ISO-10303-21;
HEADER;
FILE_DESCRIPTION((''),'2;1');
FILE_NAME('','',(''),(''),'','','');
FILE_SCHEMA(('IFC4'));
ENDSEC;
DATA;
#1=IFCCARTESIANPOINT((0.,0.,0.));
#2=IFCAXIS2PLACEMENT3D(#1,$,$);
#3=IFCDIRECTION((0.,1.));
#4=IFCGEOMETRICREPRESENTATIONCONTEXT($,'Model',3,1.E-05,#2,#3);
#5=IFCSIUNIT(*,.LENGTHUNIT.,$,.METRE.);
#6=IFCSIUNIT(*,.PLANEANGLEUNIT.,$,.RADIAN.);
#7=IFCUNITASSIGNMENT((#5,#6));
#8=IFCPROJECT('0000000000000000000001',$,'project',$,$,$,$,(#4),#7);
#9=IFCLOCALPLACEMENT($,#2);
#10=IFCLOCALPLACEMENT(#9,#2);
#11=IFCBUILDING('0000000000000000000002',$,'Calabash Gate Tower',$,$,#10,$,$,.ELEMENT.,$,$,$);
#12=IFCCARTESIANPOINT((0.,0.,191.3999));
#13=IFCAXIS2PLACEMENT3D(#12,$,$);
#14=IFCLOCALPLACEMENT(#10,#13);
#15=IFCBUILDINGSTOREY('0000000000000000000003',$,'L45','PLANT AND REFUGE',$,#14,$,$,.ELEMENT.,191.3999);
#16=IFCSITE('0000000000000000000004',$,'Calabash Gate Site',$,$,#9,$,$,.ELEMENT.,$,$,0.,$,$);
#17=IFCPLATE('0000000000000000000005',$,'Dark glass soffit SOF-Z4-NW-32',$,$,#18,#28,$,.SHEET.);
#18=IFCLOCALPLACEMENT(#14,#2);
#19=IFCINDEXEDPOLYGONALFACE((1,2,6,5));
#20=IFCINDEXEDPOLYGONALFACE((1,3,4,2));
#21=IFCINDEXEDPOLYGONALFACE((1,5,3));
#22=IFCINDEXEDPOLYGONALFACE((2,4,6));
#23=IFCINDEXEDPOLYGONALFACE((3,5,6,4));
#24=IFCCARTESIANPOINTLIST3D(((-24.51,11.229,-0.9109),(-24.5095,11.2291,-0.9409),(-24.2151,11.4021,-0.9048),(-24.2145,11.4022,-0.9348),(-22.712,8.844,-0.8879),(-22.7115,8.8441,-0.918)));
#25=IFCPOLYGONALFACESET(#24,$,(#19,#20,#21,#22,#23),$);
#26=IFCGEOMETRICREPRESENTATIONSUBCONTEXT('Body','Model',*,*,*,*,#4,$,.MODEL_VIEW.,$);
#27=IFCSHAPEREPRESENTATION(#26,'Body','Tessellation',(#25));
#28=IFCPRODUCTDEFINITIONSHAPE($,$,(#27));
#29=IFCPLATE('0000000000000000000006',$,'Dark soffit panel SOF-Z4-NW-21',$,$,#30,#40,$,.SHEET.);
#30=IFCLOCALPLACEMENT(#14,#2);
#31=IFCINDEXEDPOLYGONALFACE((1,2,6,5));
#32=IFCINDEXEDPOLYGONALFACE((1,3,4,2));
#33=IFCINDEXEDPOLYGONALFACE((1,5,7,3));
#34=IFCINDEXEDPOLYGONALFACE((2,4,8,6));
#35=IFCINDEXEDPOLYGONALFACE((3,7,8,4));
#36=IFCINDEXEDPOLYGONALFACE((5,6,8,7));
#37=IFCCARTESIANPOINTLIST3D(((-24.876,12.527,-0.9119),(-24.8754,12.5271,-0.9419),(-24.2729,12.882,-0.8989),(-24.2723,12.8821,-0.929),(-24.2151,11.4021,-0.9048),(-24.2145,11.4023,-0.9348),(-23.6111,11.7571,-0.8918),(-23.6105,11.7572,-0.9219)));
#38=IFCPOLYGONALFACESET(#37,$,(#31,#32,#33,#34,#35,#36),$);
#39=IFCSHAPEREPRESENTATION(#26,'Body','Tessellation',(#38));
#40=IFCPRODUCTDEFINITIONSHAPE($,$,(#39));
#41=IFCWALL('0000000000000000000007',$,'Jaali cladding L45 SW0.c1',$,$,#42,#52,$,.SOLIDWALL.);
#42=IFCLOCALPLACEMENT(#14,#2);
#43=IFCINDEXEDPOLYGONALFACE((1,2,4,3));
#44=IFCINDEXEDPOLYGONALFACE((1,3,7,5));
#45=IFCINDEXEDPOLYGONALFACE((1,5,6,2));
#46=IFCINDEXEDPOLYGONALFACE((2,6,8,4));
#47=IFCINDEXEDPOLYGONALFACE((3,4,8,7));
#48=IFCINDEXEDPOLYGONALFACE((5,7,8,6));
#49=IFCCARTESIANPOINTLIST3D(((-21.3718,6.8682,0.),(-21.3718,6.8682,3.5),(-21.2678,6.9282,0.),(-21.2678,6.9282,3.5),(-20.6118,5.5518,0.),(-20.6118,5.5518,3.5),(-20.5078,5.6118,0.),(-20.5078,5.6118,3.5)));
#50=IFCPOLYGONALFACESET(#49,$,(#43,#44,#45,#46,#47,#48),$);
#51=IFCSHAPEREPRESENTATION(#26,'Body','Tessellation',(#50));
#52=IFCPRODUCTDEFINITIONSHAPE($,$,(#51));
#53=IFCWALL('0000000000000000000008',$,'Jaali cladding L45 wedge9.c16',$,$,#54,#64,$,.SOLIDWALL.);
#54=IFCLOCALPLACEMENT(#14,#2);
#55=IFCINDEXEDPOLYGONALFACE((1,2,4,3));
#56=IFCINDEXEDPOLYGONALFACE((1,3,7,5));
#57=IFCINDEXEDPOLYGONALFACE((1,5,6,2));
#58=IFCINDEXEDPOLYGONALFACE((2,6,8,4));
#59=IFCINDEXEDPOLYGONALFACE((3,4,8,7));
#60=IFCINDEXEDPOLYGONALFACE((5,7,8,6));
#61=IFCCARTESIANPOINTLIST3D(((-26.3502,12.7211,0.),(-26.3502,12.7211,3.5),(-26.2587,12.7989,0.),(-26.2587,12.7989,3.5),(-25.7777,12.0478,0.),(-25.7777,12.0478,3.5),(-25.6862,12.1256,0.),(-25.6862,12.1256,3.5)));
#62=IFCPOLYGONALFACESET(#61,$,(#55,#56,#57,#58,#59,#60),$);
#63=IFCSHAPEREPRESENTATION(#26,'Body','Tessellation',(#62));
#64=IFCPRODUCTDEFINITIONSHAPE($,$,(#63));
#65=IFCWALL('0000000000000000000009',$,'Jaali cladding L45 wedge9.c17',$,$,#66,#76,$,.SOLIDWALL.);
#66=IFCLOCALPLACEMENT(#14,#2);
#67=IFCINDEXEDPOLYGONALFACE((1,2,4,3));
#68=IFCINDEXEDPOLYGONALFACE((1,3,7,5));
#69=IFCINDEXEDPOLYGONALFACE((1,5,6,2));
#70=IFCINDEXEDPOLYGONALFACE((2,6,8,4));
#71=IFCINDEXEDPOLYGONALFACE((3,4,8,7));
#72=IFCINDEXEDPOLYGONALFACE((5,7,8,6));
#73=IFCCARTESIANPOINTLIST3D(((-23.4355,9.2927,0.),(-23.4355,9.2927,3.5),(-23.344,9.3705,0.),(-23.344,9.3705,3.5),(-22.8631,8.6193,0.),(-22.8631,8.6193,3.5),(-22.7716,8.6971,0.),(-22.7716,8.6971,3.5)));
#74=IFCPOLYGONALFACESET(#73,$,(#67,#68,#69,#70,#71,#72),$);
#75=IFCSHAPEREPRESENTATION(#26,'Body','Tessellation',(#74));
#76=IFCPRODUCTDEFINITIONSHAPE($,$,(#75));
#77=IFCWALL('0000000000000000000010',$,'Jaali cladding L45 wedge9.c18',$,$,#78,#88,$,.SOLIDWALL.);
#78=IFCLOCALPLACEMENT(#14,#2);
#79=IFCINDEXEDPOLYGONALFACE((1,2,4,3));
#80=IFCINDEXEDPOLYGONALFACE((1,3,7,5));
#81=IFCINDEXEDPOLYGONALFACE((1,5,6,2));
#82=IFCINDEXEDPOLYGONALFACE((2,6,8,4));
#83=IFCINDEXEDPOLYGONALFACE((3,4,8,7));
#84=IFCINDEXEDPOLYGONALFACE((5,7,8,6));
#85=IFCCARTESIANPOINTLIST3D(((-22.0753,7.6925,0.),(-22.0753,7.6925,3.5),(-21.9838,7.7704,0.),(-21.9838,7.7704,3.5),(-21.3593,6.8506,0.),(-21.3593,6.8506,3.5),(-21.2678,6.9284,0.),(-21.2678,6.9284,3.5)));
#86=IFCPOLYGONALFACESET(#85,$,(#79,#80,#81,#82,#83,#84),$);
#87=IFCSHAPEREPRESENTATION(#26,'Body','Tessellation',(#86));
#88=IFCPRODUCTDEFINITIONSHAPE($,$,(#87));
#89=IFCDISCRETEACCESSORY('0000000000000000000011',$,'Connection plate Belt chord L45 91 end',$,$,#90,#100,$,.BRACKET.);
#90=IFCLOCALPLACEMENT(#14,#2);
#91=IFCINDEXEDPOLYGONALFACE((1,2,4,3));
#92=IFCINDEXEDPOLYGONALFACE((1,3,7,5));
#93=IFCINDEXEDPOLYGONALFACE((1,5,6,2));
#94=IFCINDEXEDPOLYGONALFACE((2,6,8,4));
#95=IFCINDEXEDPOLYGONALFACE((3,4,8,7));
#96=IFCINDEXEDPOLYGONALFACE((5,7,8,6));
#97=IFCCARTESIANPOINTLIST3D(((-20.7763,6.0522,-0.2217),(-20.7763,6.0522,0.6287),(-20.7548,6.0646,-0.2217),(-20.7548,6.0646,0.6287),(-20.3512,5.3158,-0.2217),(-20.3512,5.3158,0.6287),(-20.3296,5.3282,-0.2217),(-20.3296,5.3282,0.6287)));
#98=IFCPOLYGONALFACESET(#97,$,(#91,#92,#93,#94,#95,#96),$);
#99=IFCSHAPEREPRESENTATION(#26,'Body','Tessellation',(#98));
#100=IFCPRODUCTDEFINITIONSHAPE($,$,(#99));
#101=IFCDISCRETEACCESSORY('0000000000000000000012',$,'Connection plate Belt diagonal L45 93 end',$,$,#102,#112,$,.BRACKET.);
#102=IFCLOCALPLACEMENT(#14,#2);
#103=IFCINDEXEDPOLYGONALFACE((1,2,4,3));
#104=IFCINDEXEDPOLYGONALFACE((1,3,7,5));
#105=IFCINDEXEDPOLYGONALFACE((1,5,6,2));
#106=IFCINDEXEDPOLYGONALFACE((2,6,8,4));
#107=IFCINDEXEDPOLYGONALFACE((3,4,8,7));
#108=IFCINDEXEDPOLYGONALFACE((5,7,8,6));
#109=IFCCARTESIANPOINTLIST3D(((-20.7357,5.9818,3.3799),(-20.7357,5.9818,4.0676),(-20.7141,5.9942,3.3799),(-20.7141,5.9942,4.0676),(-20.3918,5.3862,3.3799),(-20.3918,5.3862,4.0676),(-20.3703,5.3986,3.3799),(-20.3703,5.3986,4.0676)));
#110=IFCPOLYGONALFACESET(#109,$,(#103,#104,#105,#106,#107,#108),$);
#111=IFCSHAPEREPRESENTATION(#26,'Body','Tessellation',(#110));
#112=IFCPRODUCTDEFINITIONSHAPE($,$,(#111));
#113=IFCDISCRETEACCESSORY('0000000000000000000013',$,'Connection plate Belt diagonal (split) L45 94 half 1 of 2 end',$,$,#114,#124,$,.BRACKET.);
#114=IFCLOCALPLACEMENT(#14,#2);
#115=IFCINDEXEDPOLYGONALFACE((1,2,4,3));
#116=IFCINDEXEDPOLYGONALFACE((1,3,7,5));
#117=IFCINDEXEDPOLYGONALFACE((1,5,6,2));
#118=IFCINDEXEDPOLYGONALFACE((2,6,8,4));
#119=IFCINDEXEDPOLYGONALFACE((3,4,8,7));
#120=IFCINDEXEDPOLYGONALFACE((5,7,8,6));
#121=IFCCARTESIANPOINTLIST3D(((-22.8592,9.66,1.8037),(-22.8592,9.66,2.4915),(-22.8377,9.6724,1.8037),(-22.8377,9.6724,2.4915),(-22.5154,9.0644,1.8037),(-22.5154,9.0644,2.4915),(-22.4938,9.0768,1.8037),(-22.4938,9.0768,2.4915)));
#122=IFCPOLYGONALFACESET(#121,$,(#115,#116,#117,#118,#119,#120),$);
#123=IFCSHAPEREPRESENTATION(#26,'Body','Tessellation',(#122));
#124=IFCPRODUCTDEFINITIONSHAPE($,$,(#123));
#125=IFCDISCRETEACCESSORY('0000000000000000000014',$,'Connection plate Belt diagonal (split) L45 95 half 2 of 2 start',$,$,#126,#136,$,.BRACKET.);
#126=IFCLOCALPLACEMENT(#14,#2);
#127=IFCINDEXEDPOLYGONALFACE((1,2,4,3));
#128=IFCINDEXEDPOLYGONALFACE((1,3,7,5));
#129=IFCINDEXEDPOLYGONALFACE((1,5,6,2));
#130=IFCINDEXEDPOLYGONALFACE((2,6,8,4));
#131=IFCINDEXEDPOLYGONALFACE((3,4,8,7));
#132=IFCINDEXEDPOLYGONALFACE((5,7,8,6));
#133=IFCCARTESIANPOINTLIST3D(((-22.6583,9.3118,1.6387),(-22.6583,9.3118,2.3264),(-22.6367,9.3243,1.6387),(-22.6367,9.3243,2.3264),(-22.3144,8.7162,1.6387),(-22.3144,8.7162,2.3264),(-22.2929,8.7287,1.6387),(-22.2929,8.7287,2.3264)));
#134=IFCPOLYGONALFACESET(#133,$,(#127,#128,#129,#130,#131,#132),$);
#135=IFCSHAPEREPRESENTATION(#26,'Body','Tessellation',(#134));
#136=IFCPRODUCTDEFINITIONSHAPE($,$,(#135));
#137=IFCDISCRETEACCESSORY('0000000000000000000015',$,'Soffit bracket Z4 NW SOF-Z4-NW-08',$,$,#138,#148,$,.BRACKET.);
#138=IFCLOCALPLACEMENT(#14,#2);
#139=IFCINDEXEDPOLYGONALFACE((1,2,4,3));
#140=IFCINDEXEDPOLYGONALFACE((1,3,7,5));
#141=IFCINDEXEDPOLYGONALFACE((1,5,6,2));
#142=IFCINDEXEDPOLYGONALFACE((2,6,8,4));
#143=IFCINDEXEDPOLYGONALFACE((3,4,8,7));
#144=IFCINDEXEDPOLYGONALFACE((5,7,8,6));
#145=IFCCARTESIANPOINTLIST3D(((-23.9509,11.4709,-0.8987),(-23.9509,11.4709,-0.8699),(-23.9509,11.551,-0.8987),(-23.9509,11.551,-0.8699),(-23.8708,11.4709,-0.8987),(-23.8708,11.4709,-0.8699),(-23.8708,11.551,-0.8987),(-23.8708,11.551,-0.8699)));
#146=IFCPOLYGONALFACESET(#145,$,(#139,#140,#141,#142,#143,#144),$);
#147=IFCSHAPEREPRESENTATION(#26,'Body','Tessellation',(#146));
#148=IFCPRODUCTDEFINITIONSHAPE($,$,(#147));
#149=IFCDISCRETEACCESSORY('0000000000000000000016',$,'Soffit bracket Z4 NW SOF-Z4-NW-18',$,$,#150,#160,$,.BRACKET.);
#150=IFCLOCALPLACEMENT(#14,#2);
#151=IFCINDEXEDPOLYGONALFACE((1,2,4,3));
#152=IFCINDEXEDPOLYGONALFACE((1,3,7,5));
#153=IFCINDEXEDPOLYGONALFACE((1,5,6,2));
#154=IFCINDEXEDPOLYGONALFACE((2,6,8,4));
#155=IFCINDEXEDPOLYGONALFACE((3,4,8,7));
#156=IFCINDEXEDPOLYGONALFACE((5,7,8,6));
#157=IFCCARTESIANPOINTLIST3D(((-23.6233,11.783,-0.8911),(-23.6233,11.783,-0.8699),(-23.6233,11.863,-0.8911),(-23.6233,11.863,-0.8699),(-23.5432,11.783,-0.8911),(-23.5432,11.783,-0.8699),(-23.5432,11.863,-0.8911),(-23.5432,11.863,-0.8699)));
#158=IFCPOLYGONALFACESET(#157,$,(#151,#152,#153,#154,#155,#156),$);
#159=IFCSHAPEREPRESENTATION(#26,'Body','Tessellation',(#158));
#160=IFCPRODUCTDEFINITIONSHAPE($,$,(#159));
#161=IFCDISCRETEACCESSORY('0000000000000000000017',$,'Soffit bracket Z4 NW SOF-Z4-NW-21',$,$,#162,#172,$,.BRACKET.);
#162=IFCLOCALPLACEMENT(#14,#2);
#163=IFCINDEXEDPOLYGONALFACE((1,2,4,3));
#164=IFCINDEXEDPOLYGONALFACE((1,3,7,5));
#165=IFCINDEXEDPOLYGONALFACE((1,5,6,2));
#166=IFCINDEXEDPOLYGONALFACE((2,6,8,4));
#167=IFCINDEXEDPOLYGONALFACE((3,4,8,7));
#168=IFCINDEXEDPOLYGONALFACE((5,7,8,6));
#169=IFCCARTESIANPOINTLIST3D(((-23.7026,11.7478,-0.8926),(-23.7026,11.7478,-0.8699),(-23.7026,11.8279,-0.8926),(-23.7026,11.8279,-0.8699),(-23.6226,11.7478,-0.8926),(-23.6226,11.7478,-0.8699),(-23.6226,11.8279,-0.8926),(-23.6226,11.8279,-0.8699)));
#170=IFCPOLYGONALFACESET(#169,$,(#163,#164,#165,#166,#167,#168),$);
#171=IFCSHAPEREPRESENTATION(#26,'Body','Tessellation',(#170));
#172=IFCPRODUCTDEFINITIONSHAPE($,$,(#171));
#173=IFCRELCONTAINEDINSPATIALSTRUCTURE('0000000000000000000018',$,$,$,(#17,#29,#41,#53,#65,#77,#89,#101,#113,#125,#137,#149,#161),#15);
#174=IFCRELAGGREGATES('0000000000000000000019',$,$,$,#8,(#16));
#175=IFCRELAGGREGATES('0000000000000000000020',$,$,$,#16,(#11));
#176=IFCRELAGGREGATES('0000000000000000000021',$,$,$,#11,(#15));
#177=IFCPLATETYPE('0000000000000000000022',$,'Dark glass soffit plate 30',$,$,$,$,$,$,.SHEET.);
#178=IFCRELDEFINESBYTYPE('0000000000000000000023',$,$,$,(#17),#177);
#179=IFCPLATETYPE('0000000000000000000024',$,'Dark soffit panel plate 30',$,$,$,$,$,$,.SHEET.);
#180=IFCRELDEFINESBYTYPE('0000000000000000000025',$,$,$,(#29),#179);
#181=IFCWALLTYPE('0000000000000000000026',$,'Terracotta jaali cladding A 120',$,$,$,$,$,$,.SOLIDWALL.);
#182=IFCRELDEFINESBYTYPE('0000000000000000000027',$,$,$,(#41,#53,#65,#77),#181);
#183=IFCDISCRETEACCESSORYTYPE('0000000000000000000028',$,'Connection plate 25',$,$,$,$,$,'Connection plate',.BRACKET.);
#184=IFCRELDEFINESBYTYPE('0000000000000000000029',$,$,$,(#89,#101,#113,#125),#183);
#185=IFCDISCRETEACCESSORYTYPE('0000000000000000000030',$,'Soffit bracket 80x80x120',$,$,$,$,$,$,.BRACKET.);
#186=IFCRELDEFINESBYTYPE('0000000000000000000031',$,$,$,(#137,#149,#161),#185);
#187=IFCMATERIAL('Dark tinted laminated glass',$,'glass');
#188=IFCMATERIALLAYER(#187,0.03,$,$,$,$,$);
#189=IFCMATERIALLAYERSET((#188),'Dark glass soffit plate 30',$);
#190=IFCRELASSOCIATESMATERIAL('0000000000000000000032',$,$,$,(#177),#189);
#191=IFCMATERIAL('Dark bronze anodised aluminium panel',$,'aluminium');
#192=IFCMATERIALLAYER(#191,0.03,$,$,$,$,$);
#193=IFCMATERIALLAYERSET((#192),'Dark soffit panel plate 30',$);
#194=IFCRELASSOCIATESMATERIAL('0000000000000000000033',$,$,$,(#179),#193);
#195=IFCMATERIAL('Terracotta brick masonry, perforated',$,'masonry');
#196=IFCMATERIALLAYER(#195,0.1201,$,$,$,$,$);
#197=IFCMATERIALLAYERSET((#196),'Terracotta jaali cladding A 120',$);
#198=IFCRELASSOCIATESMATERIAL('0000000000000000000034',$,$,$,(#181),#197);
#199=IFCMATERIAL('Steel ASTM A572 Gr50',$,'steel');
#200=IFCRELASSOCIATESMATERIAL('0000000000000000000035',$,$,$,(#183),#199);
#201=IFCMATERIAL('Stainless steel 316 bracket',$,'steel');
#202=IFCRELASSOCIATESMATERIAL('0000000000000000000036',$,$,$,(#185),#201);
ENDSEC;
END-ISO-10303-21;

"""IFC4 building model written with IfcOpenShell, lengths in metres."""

from ifc_helpers import new_model, si_unit, direction, frame, frame_2d, origin, origin_2d, place, context, subcontext, project, spatial, polyline, rectangle, outline, extrude, material, layer, layer_set, type_object, element, save


model = new_model("IFC4")

# Units and contexts
model_context = context("Model", 3, precision=1e-05, world=origin(), true_north=direction((0.0, 1.0)))
body_context = subcontext(model_context, "Body", "Model", "MODEL_VIEW")
ifc_project = project(units=[si_unit("LENGTHUNIT", "METRE"), si_unit("PLANEANGLEUNIT", "RADIAN")], contexts=[model_context])

# Site, building, storey
site_placement = place(None, origin())
site = spatial("IfcSite", under=ifc_project, at=site_placement, Name="Calabash Gate Site", CompositionType="ELEMENT", RefElevation=0.0)
building_placement = place(site_placement, origin())
building = spatial("IfcBuilding", under=site, at=building_placement, Name="Calabash Gate Tower", CompositionType="ELEMENT")
storey_placement = place(building_placement, frame((0.0, 0.0, 191.3999)))
storey = spatial("IfcBuildingStorey", under=building, at=storey_placement, Name="L45", Description="PLANT AND REFUGE", CompositionType="ELEMENT", Elevation=191.3999)

# Plates
ifc_material_1 = material(Name="Dark tinted laminated glass", Category="glass")
ifc_layer_1 = layer(ifc_material_1, 0.03)
ifc_layer_set_1 = layer_set([ifc_layer_1], Name="Dark glass soffit plate 30")
plate_type_1 = type_object("IfcPlateType", Name="Dark glass soffit plate 30", PredefinedType="SHEET", material=ifc_layer_set_1)
plate_1_placement = place(storey_placement, frame((-24.51, 11.229, -0.9109), z_axis=(-0.018259, -0.004145, 0.999825), x_axis=(0.862292, 0.506097, 0.017845)))
element("IfcPlate", 1, at=plate_1_placement, inside=storey, type_object=plate_type_1, Name="Dark glass soffit SOF-Z4-NW-32", PredefinedType="SHEET", context=body_context, shape_type="SweptSolid", body=[
    extrude(outline(polyline([(0.0, 0.0), (0.342, 0.0), (0.3438, -2.967), (0.0, 0.0)])), origin(), (0.0, 0.0, -1.0), 0.03),
])
ifc_material_2 = material(Name="Dark bronze anodised aluminium panel", Category="aluminium")
ifc_layer_2 = layer(ifc_material_2, 0.03)
ifc_layer_set_2 = layer_set([ifc_layer_2], Name="Dark soffit panel plate 30")
plate_type_2 = type_object("IfcPlateType", Name="Dark soffit panel plate 30", PredefinedType="SHEET", material=ifc_layer_set_2)
plate_2_placement = place(storey_placement, frame((-23.6111, 11.7571, -0.8918), z_axis=(-0.018678, -0.004689, 0.999815), x_axis=(-0.861984, -0.506599, -0.018479)))
element("IfcPlate", 2, at=plate_2_placement, inside=storey, type_object=plate_type_2, Name="Dark soffit panel SOF-Z4-NW-21", PredefinedType="SHEET", context=body_context, shape_type="SweptSolid", body=[
    extrude(outline(polyline([(0.0, 0.0), (0.7007, 0.0), (0.7007, -1.3047), (0.0007, -1.3052), (0.0, 0.0)])), origin(), (0.0, 0.0, -1.0), 0.03),
])

# Walls
ifc_material_3 = material(Name="Terracotta brick masonry, perforated", Category="masonry")
ifc_layer_3 = layer(ifc_material_3, 0.1201)
ifc_layer_set_3 = layer_set([ifc_layer_3], Name="Terracotta jaali cladding A 120")
wall_type = type_object("IfcWallType", Name="Terracotta jaali cladding A 120", PredefinedType="SOLIDWALL", material=ifc_layer_set_3)
wall_1_placement = place(storey_placement, frame((-21.3198, 6.8982, 0.0), z_axis=(0.0, 0.0, 1.0), x_axis=(0.499991, -0.86603, 0.0)))
element("IfcWall", 3, at=wall_1_placement, inside=storey, type_object=wall_type, Name="Jaali cladding L45 SW0.c1", PredefinedType="SOLIDWALL", context=body_context, shape_type="SweptSolid", body=[
    extrude(rectangle(XDim=1.52, YDim=0.1201, at=frame_2d((0.76, 0.0))), origin(), (0.0, 0.0, 1.0), 3.5),
])
for number, where, z_axis, x_axis, name in (
    (4, (-25.7319, 12.0867, 0.0), (0.0, 0.0, 1.0), (-0.647761, 0.761844, 0.0), "Jaali cladding L45 wedge9.c16"),
    (5, (-22.8174, 8.6582, 0.0), (0.0, 0.0, 1.0), (-0.6476, 0.76198, 0.0), "Jaali cladding L45 wedge9.c17"),
):
    element("IfcWall", number, at=place(storey_placement, frame(where, z_axis=z_axis, x_axis=x_axis)), inside=storey, type_object=wall_type, Name=name, PredefinedType="SOLIDWALL", context=body_context, shape_type="SweptSolid", body=[
        extrude(rectangle(XDim=0.8838, YDim=0.1201, at=frame_2d((0.4419, 0.0))), origin(), (0.0, 0.0, 1.0), 3.5),
    ])
wall_2_placement = place(storey_placement, frame((-21.3135, 6.8894, 0.0), z_axis=(0.0, 0.0, 1.0), x_axis=(-0.647822, 0.761792, 0.0)))
element("IfcWall", 6, at=wall_2_placement, inside=storey, type_object=wall_type, Name="Jaali cladding L45 wedge9.c18", PredefinedType="SOLIDWALL", context=body_context, shape_type="SweptSolid", body=[
    extrude(rectangle(XDim=1.1052, YDim=0.1201, at=frame_2d((0.5527, 0.0))), origin(), (0.0, 0.0, 1.0), 3.5),
])

# Discrete accessories
ifc_material_4 = material(Name="Steel ASTM A572 Gr50", Category="steel")
discrete_accessory_type_1 = type_object("IfcDiscreteAccessoryType", Name="Connection plate 25", ElementType="Connection plate", PredefinedType="BRACKET", material=ifc_material_4)
discrete_accessory_1_placement = place(storey_placement, frame((-20.553, 5.6902, -0.2217), z_axis=(0.0, 0.0, 1.0), x_axis=(0.5, -0.866025, 0.0)))
element("IfcDiscreteAccessory", 7, at=discrete_accessory_1_placement, inside=storey, type_object=discrete_accessory_type_1, Name="Connection plate Belt chord L45 91 end", PredefinedType="BRACKET", context=body_context, shape_type="SweptSolid", body=[
    extrude(rectangle(XDim=0.8503, YDim=0.0249, at=origin_2d()), origin(), (0.0, 0.0, 1.0), 0.8503),
])
for number, where, z_axis, x_axis, name in (
    (8, (-20.553, 5.6902, 3.3799), (0.0, 0.0, 1.0), (0.5, -0.866025, 0.0), "Connection plate Belt diagonal L45 93 end"),
    (9, (-22.6765, 9.3684, 1.8037), (0.0, 0.0, 1.0), (0.5, -0.866025, 0.0), "Connection plate Belt diagonal (split) L45 94 half 1 of 2 end"),
    (10, (-22.4756, 9.0203, 1.6387), (0.0, 0.0, 1.0), (0.5, -0.866025, 0.0), "Connection plate Belt diagonal (split) L45 95 half 2 of 2 start"),
):
    element("IfcDiscreteAccessory", number, at=place(storey_placement, frame(where, z_axis=z_axis, x_axis=x_axis)), inside=storey, type_object=discrete_accessory_type_1, Name=name, PredefinedType="BRACKET", context=body_context, shape_type="SweptSolid", body=[
        extrude(rectangle(XDim=0.6877, YDim=0.0249, at=origin_2d()), origin(), (0.0, 0.0, 1.0), 0.6877),
    ])
ifc_material_5 = material(Name="Stainless steel 316 bracket", Category="steel")
discrete_accessory_type_2 = type_object("IfcDiscreteAccessoryType", Name="Soffit bracket 80x80x120", PredefinedType="BRACKET", material=ifc_material_5)
discrete_accessory_2_placement = place(storey_placement, frame((-23.9109, 11.511, -0.8987), z_axis=(0.0, 0.0, 1.0), x_axis=(1.0, 0.0, 0.0)))
element("IfcDiscreteAccessory", 11, at=discrete_accessory_2_placement, inside=storey, type_object=discrete_accessory_type_2, Name="Soffit bracket Z4 NW SOF-Z4-NW-08", PredefinedType="BRACKET", context=body_context, shape_type="SweptSolid", body=[
    extrude(rectangle(XDim=0.0801, YDim=0.0801, at=origin_2d()), origin(), (0.0, 0.0, 1.0), 0.0288),
])
discrete_accessory_3_placement = place(storey_placement, frame((-23.5833, 11.823, -0.8911), z_axis=(0.0, 0.0, 1.0), x_axis=(1.0, 0.0, 0.0)))
element("IfcDiscreteAccessory", 12, at=discrete_accessory_3_placement, inside=storey, type_object=discrete_accessory_type_2, Name="Soffit bracket Z4 NW SOF-Z4-NW-18", PredefinedType="BRACKET", context=body_context, shape_type="SweptSolid", body=[
    extrude(rectangle(XDim=0.0801, YDim=0.0801, at=origin_2d()), origin(), (0.0, 0.0, 1.0), 0.0212),
])
discrete_accessory_4_placement = place(storey_placement, frame((-23.6626, 11.7878, -0.8926), z_axis=(0.0, 0.0, 1.0), x_axis=(1.0, 0.0, 0.0)))
element("IfcDiscreteAccessory", 13, at=discrete_accessory_4_placement, inside=storey, type_object=discrete_accessory_type_2, Name="Soffit bracket Z4 NW SOF-Z4-NW-21", PredefinedType="BRACKET", context=body_context, shape_type="SweptSolid", body=[
    extrude(rectangle(XDim=0.0801, YDim=0.0801, at=origin_2d()), origin(), (0.0, 0.0, 1.0), 0.0227),
])

save(model, "model.ifc")
